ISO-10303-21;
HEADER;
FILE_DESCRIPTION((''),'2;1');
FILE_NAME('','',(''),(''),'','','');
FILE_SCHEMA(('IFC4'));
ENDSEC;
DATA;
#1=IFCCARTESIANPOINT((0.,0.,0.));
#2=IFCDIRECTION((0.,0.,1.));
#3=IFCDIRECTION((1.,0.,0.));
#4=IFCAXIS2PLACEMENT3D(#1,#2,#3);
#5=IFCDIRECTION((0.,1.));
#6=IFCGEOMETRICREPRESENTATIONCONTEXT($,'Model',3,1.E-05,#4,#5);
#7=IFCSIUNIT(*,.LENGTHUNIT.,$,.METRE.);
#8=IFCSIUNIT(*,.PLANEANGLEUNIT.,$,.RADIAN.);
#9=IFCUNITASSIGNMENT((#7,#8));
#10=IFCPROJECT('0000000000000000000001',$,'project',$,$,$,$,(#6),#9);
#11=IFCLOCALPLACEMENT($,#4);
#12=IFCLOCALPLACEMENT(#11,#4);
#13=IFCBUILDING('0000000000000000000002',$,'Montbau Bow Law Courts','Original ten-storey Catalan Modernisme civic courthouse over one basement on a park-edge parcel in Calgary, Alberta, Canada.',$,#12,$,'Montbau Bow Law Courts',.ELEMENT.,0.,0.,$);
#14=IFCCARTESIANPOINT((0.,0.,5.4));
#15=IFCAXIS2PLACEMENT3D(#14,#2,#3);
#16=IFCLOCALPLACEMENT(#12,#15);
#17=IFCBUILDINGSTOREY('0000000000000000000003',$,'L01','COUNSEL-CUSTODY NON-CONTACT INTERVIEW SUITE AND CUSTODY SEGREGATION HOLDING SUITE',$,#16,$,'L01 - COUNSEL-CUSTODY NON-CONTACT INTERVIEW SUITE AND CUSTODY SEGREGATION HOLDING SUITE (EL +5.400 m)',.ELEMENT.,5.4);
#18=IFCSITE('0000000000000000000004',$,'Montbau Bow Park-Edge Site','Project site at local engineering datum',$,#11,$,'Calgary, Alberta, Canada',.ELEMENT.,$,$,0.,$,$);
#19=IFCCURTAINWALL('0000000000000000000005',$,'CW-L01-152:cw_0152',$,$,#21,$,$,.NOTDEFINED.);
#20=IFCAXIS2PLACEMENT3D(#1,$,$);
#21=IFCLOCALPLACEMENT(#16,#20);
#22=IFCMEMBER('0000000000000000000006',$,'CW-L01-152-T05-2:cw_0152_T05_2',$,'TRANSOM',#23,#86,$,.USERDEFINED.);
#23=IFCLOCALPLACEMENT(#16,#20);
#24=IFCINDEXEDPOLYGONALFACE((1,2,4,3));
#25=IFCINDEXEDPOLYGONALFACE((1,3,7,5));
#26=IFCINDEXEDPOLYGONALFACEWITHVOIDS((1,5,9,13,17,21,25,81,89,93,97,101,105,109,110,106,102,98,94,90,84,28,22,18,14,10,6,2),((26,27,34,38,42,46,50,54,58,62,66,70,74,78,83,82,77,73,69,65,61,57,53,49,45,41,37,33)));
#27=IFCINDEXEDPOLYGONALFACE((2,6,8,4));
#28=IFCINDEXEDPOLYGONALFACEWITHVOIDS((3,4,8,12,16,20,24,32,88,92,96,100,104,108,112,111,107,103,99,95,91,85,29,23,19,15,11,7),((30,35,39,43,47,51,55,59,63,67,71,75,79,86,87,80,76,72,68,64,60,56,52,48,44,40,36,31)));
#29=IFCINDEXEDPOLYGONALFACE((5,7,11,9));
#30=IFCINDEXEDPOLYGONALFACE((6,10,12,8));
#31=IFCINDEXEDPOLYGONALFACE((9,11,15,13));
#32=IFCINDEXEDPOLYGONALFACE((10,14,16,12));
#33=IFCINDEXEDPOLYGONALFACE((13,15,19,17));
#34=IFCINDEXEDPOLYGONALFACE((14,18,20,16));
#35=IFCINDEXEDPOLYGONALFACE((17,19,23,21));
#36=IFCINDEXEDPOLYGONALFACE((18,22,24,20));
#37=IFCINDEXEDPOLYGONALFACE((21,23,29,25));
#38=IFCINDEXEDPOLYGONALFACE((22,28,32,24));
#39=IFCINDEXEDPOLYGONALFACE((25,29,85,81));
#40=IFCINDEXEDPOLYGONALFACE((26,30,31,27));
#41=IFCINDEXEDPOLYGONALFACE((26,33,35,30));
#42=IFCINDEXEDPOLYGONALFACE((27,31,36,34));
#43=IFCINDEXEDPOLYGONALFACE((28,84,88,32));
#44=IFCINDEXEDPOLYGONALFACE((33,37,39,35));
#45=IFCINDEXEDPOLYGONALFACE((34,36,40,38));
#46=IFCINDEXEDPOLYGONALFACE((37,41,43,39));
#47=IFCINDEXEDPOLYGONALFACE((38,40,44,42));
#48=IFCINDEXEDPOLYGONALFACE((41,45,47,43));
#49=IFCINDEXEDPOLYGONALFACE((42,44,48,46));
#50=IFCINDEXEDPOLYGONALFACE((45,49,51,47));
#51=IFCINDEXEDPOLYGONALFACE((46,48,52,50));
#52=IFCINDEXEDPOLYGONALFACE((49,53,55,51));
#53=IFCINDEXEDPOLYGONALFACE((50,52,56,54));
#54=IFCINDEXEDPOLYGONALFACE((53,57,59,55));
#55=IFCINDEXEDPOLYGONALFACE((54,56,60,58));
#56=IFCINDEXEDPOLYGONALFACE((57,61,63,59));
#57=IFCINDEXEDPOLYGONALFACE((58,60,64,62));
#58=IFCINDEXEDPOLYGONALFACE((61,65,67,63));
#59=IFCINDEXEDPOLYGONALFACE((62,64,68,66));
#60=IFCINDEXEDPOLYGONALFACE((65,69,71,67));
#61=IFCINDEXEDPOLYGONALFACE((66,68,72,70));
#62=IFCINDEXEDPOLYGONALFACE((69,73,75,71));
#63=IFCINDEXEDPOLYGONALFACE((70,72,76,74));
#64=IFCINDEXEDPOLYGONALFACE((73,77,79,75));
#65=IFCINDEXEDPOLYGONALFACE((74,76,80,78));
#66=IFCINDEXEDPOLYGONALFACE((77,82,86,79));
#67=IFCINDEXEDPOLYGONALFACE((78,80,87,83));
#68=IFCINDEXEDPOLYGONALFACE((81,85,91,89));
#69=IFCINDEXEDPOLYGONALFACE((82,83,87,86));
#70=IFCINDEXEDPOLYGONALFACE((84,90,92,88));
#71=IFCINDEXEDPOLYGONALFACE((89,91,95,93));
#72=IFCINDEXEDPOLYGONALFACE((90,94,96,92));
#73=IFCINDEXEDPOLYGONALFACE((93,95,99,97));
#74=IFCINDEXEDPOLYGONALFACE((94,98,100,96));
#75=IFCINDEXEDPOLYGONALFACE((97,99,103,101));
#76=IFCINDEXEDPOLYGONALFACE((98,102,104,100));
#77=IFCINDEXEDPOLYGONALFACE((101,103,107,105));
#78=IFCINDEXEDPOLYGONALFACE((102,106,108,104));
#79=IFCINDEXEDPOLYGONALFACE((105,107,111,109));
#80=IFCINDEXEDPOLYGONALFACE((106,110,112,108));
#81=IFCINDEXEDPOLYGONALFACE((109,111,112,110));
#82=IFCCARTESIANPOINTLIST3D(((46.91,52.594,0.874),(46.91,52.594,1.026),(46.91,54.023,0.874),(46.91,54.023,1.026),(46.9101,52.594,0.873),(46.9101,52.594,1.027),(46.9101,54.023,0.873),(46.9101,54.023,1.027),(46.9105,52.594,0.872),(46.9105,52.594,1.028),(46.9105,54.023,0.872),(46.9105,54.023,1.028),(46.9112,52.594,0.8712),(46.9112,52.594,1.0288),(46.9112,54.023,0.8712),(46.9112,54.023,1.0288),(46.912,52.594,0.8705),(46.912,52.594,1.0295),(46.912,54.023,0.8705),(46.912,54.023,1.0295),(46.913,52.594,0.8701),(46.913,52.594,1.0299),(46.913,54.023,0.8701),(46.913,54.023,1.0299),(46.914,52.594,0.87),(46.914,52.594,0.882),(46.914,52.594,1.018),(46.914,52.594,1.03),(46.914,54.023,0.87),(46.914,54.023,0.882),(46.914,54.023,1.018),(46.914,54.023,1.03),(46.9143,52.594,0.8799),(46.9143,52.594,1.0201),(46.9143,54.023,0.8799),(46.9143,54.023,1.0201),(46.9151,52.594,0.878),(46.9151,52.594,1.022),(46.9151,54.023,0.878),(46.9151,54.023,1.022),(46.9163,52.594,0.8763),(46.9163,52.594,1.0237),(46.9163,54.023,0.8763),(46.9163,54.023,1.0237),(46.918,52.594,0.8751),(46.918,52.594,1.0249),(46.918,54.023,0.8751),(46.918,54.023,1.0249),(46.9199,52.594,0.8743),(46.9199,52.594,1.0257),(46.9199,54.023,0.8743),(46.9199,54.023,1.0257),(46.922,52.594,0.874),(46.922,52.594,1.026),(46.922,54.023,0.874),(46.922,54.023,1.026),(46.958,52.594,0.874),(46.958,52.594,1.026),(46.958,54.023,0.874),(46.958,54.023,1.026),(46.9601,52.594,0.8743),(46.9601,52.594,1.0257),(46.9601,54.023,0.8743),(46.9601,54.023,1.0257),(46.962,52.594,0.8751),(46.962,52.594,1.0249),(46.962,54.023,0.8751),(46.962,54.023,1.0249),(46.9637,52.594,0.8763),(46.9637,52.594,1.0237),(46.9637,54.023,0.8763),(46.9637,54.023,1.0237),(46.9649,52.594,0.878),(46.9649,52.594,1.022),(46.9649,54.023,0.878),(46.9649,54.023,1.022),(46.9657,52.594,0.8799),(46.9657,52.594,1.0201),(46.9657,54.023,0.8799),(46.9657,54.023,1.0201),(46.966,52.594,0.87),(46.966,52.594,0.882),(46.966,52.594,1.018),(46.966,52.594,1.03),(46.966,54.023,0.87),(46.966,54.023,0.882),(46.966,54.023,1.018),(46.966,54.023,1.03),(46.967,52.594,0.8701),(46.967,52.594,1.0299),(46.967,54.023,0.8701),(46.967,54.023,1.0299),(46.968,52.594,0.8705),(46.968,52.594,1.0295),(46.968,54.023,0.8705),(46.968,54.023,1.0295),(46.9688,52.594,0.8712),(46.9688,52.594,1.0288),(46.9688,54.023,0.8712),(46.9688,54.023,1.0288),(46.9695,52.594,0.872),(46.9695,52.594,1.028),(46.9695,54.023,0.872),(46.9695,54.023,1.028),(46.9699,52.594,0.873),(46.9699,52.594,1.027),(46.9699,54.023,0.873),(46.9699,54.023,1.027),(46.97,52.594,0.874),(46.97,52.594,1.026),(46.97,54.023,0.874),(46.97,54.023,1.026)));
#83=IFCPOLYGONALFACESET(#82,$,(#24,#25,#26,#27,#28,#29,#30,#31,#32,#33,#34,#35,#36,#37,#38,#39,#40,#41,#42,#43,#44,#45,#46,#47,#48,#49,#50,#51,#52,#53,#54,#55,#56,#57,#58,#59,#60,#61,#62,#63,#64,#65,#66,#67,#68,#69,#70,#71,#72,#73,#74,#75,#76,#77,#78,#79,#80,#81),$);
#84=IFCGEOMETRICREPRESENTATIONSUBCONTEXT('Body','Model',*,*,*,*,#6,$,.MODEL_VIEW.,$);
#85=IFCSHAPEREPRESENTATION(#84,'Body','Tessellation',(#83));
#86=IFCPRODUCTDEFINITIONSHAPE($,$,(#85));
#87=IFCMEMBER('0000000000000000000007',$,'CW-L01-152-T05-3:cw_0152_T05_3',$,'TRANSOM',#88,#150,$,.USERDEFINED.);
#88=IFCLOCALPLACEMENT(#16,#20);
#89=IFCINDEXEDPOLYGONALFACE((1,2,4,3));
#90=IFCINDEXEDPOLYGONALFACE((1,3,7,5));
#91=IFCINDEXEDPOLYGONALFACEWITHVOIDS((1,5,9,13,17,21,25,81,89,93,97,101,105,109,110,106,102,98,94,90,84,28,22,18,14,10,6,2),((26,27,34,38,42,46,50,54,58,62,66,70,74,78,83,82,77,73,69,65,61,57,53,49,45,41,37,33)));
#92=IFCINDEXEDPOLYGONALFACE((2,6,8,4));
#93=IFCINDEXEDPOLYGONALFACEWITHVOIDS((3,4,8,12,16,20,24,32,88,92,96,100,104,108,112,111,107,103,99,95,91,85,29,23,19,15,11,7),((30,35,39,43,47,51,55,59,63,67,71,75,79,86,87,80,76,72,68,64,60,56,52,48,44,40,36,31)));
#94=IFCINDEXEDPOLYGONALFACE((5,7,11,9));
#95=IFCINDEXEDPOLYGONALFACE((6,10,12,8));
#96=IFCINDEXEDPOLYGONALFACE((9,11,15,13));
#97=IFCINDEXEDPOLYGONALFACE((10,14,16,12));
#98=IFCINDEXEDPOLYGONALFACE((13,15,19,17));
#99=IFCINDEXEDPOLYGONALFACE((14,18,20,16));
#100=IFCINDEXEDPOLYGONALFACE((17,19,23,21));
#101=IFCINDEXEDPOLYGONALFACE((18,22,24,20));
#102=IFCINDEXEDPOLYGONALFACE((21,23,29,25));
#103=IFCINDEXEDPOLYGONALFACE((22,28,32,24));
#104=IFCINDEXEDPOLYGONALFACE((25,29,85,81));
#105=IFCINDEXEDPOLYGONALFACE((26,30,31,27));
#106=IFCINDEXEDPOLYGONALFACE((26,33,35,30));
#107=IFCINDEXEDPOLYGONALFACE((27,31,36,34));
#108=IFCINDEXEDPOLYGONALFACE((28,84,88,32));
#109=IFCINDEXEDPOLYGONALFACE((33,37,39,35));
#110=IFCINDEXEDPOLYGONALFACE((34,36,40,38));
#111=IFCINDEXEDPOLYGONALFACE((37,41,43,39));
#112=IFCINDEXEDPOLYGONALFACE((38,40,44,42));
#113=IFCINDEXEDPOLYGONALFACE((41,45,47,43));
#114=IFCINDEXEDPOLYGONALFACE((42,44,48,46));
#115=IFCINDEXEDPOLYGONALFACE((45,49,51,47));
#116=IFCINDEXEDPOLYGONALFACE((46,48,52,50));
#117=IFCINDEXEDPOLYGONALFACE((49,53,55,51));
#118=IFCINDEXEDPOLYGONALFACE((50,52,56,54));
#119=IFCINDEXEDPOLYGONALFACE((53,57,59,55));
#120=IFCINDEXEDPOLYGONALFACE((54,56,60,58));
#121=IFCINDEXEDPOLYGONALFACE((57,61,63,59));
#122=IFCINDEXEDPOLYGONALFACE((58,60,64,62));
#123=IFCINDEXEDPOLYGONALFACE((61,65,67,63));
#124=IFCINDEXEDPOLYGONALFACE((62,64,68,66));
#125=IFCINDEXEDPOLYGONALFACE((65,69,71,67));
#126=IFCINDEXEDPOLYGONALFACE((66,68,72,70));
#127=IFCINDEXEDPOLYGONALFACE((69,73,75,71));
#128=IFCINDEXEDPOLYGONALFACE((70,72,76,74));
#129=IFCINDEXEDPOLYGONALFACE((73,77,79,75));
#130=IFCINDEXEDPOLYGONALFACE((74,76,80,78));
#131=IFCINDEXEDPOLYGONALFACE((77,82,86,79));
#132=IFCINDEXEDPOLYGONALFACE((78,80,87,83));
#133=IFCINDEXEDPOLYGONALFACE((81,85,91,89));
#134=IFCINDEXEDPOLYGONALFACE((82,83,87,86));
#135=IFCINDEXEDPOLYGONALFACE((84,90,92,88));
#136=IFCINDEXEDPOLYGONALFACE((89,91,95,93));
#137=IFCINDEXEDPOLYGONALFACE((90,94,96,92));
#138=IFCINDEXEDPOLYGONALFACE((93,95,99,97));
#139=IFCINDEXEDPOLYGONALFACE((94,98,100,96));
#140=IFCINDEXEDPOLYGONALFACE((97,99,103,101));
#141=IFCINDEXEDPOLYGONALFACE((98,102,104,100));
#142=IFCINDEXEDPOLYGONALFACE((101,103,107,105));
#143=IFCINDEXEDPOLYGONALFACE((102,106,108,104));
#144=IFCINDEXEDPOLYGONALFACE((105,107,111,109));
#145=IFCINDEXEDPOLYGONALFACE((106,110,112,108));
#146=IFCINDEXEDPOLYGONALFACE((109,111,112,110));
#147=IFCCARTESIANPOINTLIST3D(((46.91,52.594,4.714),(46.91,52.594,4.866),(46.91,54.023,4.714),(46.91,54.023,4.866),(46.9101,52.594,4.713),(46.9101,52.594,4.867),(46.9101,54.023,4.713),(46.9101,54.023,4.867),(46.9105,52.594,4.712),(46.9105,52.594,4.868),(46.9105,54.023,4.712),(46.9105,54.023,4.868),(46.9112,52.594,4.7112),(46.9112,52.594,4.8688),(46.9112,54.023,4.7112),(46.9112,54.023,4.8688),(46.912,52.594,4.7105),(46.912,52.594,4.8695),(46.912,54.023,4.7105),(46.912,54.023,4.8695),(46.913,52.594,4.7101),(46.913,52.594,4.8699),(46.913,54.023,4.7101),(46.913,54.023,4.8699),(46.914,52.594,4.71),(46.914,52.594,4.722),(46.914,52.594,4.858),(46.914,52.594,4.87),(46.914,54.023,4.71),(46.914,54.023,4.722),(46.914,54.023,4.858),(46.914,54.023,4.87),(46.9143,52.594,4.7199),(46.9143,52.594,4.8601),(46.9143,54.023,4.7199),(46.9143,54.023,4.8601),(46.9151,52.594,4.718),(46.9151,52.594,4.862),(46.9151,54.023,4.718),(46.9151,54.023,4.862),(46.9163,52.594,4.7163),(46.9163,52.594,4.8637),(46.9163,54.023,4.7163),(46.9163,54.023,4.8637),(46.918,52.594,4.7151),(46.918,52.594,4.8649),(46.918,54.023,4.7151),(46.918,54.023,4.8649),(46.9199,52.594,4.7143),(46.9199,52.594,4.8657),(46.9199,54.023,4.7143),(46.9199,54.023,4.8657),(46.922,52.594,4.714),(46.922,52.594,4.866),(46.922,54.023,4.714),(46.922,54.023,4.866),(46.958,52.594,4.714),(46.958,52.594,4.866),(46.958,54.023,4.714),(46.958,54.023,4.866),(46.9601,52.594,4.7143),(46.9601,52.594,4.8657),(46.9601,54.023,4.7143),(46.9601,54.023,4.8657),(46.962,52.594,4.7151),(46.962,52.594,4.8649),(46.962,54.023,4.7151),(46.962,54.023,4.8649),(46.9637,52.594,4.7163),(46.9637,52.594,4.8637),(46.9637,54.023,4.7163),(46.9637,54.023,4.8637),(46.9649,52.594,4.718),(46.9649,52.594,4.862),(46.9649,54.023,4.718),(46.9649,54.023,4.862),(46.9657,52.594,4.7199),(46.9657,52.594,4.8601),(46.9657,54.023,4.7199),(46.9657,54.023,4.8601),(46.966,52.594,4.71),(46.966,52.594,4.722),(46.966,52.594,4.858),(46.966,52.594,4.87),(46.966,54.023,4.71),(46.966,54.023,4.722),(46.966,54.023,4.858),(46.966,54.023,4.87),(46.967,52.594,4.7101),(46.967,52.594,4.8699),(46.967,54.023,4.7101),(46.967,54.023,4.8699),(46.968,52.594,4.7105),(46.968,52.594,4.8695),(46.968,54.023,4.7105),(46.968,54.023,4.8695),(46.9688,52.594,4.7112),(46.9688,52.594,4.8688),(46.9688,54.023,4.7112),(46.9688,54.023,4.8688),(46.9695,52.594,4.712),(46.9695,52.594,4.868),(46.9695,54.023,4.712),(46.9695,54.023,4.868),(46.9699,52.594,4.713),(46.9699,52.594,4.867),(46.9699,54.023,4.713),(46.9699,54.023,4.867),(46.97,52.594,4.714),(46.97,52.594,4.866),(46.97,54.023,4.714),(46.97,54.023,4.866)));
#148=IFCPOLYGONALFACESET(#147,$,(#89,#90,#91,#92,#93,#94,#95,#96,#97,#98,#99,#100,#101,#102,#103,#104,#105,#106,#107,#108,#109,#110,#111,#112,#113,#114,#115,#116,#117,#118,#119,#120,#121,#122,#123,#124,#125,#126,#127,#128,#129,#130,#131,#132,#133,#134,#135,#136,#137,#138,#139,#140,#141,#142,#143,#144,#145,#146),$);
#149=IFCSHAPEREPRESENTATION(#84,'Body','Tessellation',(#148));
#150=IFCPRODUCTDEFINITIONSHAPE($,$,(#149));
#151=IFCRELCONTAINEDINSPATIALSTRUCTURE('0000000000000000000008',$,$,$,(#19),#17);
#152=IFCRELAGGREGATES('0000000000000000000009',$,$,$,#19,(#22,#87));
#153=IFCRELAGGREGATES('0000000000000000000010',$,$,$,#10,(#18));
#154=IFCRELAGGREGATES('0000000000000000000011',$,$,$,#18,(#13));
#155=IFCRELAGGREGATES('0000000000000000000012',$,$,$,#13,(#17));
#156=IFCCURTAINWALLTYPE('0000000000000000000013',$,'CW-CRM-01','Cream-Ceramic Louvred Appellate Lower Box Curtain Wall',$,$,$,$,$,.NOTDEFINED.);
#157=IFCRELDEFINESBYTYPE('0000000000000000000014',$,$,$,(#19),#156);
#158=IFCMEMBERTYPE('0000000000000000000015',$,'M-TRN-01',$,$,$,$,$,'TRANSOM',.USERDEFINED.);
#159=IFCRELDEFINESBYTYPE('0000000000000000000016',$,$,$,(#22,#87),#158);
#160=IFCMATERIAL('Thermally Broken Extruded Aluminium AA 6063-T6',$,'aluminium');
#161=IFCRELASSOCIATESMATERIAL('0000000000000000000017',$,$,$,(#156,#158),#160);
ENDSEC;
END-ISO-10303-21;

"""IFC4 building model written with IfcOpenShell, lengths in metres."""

from ifc_helpers import new_model, si_unit, direction, frame, origin_with_axes, origin_2d_with_axis, place, context, subcontext, project, spatial, hollow_rectangle, extrude, material, material_profile, profile_set, type_object, element, aggregate, save


model = new_model("IFC4")

# Units and contexts
model_context = context("Model", 3, precision=1e-05, world=origin_with_axes(), true_north=direction((0.0, 1.0)))
body_context = subcontext(model_context, "Body", "Model", "MODEL_VIEW")
ifc_project = project(units=[si_unit("LENGTHUNIT", "METRE"), si_unit("PLANEANGLEUNIT", "RADIAN")], contexts=[model_context])

# Site, building, storey
site_placement = place(None, origin_with_axes())
site = spatial("IfcSite", under=ifc_project, at=site_placement, Name="Montbau Bow Park-Edge Site", Description="Project site at local engineering datum", LongName="Calgary, Alberta, Canada", CompositionType="ELEMENT", RefElevation=0.0)
building_placement = place(site_placement, origin_with_axes())
building = spatial("IfcBuilding", under=site, at=building_placement, Name="Montbau Bow Law Courts", Description="Original ten-storey Catalan Modernisme civic courthouse over one basement on a park-edge parcel in Calgary, Alberta, Canada.", LongName="Montbau Bow Law Courts", CompositionType="ELEMENT", ElevationOfRefHeight=0.0, ElevationOfTerrain=0.0)
storey_placement = place(building_placement, frame((0.0, 0.0, 5.4), z_axis=(0.0, 0.0, 1.0), x_axis=(1.0, 0.0, 0.0)))
storey = spatial("IfcBuildingStorey", under=building, at=storey_placement, Name="L01", Description="COUNSEL-CUSTODY NON-CONTACT INTERVIEW SUITE AND CUSTODY SEGREGATION HOLDING SUITE", LongName="L01 - COUNSEL-CUSTODY NON-CONTACT INTERVIEW SUITE AND CUSTODY SEGREGATION HOLDING SUITE (EL +5.400 m)", CompositionType="ELEMENT", Elevation=5.4)

# Curtain wall, members
ifc_material_1 = material(Name="Thermally Broken Extruded Aluminium AA 6063-T6", Category="aluminium")
curtain_wall_type_1 = type_object("IfcCurtainWallType", Name="CW-CRM-01", Description="Cream-Ceramic Louvred Appellate Lower Box Curtain Wall", PredefinedType="NOTDEFINED", material=ifc_material_1)
curtain_wall_1_placement = place(None, frame((46.94, 46.468, 5.4), z_axis=(0.0, 0.0, 1.0), x_axis=(1.0, 0.0, 0.0)))
curtain_wall_1 = element("IfcCurtainWall", 1, at=curtain_wall_1_placement, inside=storey, type_object=curtain_wall_type_1, Name="CW-L01-152:cw_0152", PredefinedType="NOTDEFINED")
ifc_material_profile_1 = material_profile(ifc_material_1, hollow_rectangle(XDim=0.06, YDim=0.16, WallThickness=0.004, InnerFilletRadius=0.008, OuterFilletRadius=0.004, at=origin_2d_with_axis()), Name="CWT-160X60", Category="Main", Priority=0)
ifc_profile_set_1 = profile_set([ifc_material_profile_1], Name="Thermally Broken Extruded Aluminium AA 6063-T6")
member_type_1 = type_object("IfcMemberType", Name="M-TRN-01", ElementType="TRANSOM", PredefinedType="USERDEFINED", material=ifc_profile_set_1)
member_1_placement = place(None, frame((46.94, 52.594, 6.35), z_axis=(0.0, 1.0, 0.0), x_axis=(-1.0, 0.0, 0.0)))
member_1 = element("IfcMember", 2, at=member_1_placement, type_object=member_type_1, Name="CW-L01-152-T05-2:cw_0152_T05_2", ObjectType="TRANSOM", PredefinedType="USERDEFINED", context=body_context, shape_type="SweptSolid", body=[
    extrude(hollow_rectangle(XDim=0.06, YDim=0.16, WallThickness=0.004, InnerFilletRadius=0.008, OuterFilletRadius=0.004, at=origin_2d_with_axis()), origin_with_axes(), (0.0, 0.0, 1.0), 1.429),
])
member_2_placement = place(None, frame((46.94, 52.594, 10.19), z_axis=(0.0, 1.0, 0.0), x_axis=(-1.0, 0.0, 0.0)))
member_2 = element("IfcMember", 3, at=member_2_placement, type_object=member_type_1, Name="CW-L01-152-T05-3:cw_0152_T05_3", ObjectType="TRANSOM", PredefinedType="USERDEFINED", context=body_context, shape_type="SweptSolid", body=[
    extrude(hollow_rectangle(XDim=0.06, YDim=0.16, WallThickness=0.004, InnerFilletRadius=0.008, OuterFilletRadius=0.004, at=origin_2d_with_axis()), origin_with_axes(), (0.0, 0.0, 1.0), 1.429),
])

aggregate(curtain_wall_1, [member_1, member_2])

save(model, "model.ifc")
